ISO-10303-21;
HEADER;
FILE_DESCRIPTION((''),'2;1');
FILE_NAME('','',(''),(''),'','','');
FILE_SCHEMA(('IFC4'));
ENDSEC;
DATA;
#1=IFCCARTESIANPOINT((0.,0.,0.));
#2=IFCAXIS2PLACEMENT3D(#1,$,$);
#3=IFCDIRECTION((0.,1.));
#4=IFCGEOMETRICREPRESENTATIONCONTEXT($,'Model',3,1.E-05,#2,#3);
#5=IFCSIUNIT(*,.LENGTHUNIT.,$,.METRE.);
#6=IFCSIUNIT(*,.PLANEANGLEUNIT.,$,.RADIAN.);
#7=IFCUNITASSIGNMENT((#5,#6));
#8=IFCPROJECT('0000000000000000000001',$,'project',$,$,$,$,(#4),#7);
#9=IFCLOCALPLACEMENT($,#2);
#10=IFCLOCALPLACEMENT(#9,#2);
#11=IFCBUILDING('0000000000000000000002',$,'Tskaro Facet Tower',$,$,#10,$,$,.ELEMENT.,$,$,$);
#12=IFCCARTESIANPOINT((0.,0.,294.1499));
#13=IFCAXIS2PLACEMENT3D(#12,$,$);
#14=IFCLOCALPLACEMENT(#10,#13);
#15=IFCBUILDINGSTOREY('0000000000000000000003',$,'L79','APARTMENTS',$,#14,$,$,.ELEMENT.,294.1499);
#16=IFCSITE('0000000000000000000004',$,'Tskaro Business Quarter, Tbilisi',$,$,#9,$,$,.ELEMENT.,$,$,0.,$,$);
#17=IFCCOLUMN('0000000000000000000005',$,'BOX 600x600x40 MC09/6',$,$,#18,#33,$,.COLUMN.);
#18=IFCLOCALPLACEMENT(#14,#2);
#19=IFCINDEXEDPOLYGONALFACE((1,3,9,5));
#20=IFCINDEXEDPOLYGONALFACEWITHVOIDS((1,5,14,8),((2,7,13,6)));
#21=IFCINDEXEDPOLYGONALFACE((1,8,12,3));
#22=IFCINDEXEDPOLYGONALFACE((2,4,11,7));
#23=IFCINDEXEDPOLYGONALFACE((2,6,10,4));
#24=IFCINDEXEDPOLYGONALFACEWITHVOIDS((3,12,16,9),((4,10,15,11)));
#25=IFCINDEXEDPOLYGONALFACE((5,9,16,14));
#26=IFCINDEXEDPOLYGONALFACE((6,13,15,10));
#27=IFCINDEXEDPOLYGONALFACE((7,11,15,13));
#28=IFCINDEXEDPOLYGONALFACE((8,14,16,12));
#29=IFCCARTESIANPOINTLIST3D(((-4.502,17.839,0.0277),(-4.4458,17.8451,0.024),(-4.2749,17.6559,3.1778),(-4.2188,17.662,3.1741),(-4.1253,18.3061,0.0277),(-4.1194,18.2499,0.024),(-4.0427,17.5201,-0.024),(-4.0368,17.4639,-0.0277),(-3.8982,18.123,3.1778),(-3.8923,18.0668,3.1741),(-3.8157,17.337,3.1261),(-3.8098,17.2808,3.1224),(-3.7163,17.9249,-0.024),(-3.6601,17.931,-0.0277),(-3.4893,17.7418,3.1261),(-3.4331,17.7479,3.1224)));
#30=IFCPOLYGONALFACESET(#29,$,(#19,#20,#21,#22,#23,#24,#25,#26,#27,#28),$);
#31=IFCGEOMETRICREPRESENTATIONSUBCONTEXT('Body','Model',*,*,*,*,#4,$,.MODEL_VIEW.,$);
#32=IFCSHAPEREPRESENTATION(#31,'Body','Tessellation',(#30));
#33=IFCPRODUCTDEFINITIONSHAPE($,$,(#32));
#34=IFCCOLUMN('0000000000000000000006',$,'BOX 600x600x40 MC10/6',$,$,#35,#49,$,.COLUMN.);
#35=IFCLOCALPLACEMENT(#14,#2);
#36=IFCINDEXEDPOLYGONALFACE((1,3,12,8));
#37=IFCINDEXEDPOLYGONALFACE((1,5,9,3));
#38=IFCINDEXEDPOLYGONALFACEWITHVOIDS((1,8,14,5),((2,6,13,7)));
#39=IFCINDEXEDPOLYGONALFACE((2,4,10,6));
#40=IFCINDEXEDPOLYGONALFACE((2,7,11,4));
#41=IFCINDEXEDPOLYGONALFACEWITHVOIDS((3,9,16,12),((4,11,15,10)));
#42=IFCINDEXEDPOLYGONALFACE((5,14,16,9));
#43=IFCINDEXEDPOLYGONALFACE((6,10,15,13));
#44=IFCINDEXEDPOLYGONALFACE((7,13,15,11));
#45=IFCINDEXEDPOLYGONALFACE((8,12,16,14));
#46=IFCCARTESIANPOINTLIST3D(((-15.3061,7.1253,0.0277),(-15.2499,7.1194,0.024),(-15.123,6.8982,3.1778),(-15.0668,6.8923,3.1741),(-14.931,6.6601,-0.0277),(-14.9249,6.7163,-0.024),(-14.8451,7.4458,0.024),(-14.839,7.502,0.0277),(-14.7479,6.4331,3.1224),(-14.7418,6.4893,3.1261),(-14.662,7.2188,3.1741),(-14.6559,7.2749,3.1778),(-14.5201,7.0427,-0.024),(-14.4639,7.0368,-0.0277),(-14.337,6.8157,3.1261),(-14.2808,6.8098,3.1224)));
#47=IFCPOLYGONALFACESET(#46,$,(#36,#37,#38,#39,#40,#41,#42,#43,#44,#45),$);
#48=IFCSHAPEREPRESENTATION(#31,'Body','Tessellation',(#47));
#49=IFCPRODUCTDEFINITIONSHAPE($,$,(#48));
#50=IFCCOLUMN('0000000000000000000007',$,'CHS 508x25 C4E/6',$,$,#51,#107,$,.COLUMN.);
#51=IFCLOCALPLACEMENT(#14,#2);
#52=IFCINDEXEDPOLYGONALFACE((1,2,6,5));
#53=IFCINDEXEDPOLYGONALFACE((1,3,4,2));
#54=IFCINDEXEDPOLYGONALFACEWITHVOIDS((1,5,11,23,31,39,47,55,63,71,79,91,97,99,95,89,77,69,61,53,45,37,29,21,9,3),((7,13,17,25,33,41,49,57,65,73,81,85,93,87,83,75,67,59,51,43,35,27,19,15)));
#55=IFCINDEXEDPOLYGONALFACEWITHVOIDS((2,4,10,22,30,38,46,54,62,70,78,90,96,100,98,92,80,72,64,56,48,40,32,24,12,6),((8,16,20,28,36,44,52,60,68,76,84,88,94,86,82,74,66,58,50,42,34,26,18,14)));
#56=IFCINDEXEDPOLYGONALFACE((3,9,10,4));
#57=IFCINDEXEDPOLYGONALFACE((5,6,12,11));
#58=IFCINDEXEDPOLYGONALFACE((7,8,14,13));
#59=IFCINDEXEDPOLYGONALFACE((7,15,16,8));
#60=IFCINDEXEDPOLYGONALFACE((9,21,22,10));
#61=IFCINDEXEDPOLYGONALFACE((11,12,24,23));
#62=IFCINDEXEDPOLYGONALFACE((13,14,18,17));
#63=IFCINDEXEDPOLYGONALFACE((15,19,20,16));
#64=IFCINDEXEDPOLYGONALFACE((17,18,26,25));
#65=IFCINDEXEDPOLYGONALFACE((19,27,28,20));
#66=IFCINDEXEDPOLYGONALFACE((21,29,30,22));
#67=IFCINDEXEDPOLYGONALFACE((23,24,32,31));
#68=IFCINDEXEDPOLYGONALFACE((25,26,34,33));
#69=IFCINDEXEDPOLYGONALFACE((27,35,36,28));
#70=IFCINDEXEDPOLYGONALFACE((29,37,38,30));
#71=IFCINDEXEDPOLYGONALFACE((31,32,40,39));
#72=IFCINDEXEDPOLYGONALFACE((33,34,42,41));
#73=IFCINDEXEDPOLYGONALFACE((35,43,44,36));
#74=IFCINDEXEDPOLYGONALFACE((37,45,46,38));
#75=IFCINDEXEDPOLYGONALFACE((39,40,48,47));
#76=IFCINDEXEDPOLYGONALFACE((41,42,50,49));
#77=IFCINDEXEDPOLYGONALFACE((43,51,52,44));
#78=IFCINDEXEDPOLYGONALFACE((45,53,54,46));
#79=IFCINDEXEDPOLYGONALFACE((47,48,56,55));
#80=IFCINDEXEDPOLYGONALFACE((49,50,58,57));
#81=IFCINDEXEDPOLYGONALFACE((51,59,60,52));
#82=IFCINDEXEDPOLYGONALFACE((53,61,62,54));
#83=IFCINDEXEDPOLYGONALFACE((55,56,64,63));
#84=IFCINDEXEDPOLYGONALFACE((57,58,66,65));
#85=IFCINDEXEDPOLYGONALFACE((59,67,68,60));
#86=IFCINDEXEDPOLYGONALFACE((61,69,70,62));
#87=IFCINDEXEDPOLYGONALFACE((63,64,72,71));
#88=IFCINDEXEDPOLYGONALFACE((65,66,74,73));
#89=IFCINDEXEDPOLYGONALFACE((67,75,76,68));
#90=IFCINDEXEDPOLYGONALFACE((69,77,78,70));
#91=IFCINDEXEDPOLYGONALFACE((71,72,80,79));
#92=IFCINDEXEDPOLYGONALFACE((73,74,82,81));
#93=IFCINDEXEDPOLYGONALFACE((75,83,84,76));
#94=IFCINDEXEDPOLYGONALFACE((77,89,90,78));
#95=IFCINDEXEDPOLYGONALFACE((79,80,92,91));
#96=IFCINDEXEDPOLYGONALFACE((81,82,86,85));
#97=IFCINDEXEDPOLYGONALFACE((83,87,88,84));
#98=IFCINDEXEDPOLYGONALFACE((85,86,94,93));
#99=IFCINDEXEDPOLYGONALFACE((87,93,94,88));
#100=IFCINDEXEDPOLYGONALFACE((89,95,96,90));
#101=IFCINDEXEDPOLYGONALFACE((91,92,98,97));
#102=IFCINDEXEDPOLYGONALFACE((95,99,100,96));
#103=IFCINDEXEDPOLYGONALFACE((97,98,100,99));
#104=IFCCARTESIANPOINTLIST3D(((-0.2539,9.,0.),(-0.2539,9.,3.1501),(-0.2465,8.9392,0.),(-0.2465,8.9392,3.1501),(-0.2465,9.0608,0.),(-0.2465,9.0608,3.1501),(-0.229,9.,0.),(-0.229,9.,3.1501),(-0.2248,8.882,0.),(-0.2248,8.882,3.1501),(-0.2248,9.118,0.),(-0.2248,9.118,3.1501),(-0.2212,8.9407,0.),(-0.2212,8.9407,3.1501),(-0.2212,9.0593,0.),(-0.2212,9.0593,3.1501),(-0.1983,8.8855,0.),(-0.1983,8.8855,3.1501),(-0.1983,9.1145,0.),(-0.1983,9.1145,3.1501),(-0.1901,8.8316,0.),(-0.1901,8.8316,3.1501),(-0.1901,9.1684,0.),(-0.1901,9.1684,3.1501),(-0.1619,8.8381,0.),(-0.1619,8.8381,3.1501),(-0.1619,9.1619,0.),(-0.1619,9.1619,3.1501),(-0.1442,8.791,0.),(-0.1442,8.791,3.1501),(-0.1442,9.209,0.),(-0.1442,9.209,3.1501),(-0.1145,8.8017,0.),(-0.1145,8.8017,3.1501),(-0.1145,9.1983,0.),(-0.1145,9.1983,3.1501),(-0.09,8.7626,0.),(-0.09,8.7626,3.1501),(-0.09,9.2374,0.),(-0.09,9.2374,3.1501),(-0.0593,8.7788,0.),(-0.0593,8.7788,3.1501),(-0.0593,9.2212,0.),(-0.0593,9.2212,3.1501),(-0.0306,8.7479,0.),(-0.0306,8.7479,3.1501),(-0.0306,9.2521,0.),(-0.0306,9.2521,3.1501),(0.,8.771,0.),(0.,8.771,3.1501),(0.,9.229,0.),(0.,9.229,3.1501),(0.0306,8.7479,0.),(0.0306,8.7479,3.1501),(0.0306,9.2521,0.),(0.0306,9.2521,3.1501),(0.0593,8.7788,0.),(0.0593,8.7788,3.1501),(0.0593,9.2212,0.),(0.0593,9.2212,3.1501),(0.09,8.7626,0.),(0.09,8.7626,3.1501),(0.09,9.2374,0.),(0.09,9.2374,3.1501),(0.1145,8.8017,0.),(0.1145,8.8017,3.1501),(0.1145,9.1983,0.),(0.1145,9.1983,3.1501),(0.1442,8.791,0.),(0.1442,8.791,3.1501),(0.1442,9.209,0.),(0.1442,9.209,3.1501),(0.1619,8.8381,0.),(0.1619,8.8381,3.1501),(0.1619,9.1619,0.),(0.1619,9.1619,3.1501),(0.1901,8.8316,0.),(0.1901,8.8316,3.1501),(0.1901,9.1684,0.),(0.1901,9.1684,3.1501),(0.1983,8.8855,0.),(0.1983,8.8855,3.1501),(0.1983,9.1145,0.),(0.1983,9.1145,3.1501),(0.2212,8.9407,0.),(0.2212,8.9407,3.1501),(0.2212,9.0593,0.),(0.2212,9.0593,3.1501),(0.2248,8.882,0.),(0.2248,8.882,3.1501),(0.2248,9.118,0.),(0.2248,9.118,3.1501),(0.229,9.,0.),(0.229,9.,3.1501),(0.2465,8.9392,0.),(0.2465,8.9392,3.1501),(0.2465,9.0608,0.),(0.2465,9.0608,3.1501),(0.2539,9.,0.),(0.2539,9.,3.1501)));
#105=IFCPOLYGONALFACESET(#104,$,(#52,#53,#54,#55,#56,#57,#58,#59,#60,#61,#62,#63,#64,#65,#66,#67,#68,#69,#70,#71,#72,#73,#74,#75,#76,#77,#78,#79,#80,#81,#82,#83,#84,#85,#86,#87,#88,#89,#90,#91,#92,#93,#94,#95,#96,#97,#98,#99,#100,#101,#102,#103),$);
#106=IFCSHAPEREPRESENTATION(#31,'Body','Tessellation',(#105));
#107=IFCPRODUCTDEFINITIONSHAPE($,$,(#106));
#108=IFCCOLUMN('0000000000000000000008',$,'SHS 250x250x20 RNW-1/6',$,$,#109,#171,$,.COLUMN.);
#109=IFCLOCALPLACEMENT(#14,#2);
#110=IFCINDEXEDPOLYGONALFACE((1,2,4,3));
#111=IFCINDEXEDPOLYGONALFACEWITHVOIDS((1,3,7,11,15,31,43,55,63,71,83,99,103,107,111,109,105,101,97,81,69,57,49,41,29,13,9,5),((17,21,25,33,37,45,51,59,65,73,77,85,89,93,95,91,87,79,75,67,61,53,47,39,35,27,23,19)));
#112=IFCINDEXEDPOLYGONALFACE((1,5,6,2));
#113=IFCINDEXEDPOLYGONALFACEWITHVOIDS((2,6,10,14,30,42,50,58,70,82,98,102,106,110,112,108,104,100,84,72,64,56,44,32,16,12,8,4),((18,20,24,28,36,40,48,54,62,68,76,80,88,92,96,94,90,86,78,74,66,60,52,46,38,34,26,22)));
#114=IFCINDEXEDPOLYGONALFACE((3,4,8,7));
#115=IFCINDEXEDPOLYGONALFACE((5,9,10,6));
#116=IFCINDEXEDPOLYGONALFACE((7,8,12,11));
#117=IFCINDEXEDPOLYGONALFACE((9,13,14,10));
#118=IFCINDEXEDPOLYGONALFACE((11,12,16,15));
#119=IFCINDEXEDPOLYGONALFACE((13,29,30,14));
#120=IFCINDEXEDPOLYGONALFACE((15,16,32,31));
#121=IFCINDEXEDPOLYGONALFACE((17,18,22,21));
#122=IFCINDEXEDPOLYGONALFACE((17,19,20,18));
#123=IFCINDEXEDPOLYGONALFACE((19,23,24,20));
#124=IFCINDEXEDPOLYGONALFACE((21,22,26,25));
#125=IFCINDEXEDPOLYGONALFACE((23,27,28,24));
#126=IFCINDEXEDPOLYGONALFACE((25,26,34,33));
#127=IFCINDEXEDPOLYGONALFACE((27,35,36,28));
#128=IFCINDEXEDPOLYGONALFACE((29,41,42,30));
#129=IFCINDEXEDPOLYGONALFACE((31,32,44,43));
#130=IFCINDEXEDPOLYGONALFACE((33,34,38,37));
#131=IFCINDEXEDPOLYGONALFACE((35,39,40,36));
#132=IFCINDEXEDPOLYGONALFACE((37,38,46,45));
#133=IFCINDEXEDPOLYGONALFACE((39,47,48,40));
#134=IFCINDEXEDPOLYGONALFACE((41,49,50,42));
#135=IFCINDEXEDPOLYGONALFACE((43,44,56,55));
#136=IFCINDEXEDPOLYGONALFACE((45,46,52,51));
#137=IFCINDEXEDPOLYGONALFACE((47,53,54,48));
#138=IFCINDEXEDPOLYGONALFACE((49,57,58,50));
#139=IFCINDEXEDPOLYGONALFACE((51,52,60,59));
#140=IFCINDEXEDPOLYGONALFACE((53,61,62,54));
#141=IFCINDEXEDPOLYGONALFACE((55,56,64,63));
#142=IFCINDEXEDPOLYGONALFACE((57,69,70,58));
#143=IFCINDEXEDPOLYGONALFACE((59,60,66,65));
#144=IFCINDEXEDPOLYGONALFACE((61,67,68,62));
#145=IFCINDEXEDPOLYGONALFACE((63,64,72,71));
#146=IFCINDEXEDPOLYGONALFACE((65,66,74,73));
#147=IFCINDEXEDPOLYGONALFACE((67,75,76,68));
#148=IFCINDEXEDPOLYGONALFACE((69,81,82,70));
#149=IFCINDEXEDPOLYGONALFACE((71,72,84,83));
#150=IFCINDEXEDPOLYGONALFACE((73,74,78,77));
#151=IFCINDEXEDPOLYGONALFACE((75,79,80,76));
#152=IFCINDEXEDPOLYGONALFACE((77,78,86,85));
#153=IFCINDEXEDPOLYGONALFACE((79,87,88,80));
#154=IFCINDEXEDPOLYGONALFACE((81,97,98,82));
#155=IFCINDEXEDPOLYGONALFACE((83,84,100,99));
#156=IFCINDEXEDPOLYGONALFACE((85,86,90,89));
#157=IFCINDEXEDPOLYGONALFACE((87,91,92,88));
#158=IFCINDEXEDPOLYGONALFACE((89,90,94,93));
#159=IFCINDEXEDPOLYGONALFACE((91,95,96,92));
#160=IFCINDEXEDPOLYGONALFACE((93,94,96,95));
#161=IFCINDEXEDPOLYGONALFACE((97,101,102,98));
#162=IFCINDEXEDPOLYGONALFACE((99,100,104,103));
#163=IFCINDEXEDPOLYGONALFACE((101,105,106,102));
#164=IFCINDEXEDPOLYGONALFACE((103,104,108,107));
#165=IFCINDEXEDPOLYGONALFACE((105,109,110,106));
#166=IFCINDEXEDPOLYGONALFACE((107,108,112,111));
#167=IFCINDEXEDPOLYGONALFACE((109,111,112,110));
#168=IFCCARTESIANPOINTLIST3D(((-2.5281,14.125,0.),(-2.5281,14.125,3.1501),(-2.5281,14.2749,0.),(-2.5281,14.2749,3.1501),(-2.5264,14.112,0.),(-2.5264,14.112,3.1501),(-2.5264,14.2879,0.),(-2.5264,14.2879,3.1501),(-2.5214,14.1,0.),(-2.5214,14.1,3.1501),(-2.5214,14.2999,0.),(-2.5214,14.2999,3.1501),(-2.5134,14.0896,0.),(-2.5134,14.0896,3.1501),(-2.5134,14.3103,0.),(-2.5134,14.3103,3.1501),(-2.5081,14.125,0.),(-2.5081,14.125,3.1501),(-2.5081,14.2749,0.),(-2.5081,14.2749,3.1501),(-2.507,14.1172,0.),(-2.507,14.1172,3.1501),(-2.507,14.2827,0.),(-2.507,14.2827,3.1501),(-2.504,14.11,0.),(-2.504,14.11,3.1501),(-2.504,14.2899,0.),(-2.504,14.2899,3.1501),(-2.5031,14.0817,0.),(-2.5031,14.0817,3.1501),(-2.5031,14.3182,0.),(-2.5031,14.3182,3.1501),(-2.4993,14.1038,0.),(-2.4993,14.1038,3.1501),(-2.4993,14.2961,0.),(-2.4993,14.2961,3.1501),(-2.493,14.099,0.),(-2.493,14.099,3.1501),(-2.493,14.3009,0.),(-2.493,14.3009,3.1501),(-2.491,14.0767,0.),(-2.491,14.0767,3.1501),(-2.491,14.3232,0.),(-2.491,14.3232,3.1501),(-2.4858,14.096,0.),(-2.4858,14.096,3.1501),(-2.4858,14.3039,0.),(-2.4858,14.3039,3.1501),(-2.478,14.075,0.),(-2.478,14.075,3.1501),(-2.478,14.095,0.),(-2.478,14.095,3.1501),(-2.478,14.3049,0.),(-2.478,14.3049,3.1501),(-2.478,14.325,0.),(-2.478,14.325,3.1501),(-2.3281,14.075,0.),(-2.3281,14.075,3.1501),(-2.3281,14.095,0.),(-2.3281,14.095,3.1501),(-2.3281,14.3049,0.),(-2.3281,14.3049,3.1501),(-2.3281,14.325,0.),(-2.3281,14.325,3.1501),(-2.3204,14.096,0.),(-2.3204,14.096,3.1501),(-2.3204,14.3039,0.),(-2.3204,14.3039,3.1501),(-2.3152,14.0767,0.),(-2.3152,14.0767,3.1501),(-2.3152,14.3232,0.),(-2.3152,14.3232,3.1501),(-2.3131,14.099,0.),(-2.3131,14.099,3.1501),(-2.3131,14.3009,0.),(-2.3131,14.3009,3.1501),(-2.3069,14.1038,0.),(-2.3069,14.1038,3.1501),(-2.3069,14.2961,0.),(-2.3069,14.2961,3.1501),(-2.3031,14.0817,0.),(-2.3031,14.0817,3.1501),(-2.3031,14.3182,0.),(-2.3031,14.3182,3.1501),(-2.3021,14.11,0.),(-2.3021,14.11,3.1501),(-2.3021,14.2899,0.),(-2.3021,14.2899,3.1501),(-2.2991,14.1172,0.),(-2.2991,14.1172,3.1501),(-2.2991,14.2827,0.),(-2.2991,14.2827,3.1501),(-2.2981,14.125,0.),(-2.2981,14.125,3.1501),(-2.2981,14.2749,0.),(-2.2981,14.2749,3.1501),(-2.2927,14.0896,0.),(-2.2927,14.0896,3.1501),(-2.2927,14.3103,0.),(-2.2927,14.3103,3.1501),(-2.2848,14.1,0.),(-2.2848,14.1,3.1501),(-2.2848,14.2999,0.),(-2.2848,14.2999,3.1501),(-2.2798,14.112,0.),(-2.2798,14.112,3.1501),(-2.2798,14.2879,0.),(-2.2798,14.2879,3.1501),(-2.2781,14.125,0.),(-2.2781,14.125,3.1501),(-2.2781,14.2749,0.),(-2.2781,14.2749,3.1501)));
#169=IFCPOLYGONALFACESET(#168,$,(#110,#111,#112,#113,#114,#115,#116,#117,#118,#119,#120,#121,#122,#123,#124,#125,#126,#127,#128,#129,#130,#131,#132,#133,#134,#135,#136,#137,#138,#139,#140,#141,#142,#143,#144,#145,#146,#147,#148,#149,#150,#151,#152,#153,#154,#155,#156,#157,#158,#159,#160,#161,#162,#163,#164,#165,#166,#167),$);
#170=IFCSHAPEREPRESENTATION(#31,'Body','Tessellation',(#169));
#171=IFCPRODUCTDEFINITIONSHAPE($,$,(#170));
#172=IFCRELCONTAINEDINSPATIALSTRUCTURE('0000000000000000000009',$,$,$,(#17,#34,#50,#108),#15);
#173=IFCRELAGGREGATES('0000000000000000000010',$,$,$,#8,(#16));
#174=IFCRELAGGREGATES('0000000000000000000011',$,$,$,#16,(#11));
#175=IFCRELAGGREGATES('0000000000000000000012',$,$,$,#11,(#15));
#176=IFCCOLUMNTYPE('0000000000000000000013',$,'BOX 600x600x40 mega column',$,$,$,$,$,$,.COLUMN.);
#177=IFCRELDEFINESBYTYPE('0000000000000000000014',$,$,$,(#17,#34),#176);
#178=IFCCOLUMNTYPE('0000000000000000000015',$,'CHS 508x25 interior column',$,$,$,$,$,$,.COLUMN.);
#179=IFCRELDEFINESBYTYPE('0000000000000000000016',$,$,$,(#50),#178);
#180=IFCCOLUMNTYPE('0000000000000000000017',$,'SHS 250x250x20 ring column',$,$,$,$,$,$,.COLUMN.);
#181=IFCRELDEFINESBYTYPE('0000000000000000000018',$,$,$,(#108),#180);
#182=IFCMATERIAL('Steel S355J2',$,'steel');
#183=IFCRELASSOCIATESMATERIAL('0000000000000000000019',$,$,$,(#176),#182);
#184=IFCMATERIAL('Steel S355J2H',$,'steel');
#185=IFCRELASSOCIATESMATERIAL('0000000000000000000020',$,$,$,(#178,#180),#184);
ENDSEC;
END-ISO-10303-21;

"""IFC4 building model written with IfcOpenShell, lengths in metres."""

from ifc_helpers import new_model, si_unit, direction, frame, origin, origin_2d, place, context, subcontext, project, spatial, hollow_rectangle, hollow_circle, extrude, material, material_profile, profile_set, type_object, element, save


model = new_model("IFC4")

# Units and contexts
model_context = context("Model", 3, precision=1e-05, world=origin(), true_north=direction((0.0, 1.0)))
body_context = subcontext(model_context, "Body", "Model", "MODEL_VIEW")
ifc_project = project(units=[si_unit("LENGTHUNIT", "METRE"), si_unit("PLANEANGLEUNIT", "RADIAN")], contexts=[model_context])

# Site, building, storey
site_placement = place(None, origin())
site = spatial("IfcSite", under=ifc_project, at=site_placement, Name="Tskaro Business Quarter, Tbilisi", CompositionType="ELEMENT", RefElevation=0.0)
building_placement = place(site_placement, origin())
building = spatial("IfcBuilding", under=site, at=building_placement, Name="Tskaro Facet Tower", CompositionType="ELEMENT")
storey_placement = place(building_placement, frame((0.0, 0.0, 294.1499)))
storey = spatial("IfcBuildingStorey", under=building, at=storey_placement, Name="L79", Description="APARTMENTS", CompositionType="ELEMENT", Elevation=294.1499)

# Columns
ifc_material_1 = material(Name="Steel S355J2", Category="steel")
ifc_material_profile_1 = material_profile(ifc_material_1, hollow_rectangle(XDim=0.6001, YDim=0.6001, WallThickness=0.04, at=origin_2d()), Name="BOX 600x600x40")
ifc_profile_set_1 = profile_set([ifc_material_profile_1], Name="Steel S355J2")
column_type_1 = type_object("IfcColumnType", Name="BOX 600x600x40 mega column", PredefinedType="COLUMN", material=ifc_profile_set_1)
for number, where, z_axis, x_axis, name in (
    (1, (-4.0811, 17.885, 0.0), (0.071769, -0.057878, 0.995741), (0.627752, 0.778413, 0.0), "BOX 600x600x40 MC09/6"),
    (2, (-14.885, 7.0811, 0.0), (0.057878, -0.071769, 0.995741), (0.778413, 0.627752, 0.0), "BOX 600x600x40 MC10/6"),
):
    element("IfcColumn", number, at=place(storey_placement, frame(where, z_axis=z_axis, x_axis=x_axis)), inside=storey, type_object=column_type_1, Name=name, PredefinedType="COLUMN", context=body_context, shape_type="SweptSolid", body=[
        extrude(hollow_rectangle(XDim=0.6001, YDim=0.6001, WallThickness=0.04, at=origin_2d()), origin(), (0.0, 0.0, 1.0), 3.1636),
    ])
ifc_material_2 = material(Name="Steel S355J2H", Category="steel")
ifc_material_profile_2 = material_profile(ifc_material_2, hollow_circle(Radius=0.2539, WallThickness=0.0249, at=origin_2d()), Name="CHS 508x25")
ifc_profile_set_2 = profile_set([ifc_material_profile_2], Name="Steel S355J2H")
column_type_2 = type_object("IfcColumnType", Name="CHS 508x25 interior column", PredefinedType="COLUMN", material=ifc_profile_set_2)
column_placement = place(storey_placement, frame((0.0, 9.0, 0.0), z_axis=(0.0, 0.0, 1.0), x_axis=(1.0, 0.0, 0.0)))
element("IfcColumn", 3, at=column_placement, inside=storey, type_object=column_type_2, Name="CHS 508x25 C4E/6", PredefinedType="COLUMN", context=body_context, shape_type="SweptSolid", body=[
    extrude(hollow_circle(Radius=0.2539, WallThickness=0.0249, at=origin_2d()), origin(), (0.0, 0.0, 1.0), 3.1501),
])
ifc_material_profile_3 = material_profile(ifc_material_2, hollow_rectangle(XDim=0.25, YDim=0.25, WallThickness=0.02, InnerFilletRadius=0.03, OuterFilletRadius=0.05, at=origin_2d()), Name="SHS 250x250x20")
ifc_profile_set_3 = profile_set([ifc_material_profile_3], Name="Steel S355J2H")
column_type_3 = type_object("IfcColumnType", Name="SHS 250x250x20 ring column", PredefinedType="COLUMN", material=ifc_profile_set_3)
for number, where, z_axis, x_axis, name in (
    (4, (-2.4031, 14.2, 0.0), (0.0, 0.0, 1.0), (1.0, 0.0, 0.0), "SHS 250x250x20 RNW-1/6"),
):
    element("IfcColumn", number, at=place(storey_placement, frame(where, z_axis=z_axis, x_axis=x_axis)), inside=storey, type_object=column_type_3, Name=name, PredefinedType="COLUMN", context=body_context, shape_type="SweptSolid", body=[
        extrude(hollow_rectangle(XDim=0.25, YDim=0.25, WallThickness=0.02, InnerFilletRadius=0.03, OuterFilletRadius=0.05, at=origin_2d()), origin(), (0.0, 0.0, 1.0), 3.1501),
    ])

save(model, "model.ifc")
